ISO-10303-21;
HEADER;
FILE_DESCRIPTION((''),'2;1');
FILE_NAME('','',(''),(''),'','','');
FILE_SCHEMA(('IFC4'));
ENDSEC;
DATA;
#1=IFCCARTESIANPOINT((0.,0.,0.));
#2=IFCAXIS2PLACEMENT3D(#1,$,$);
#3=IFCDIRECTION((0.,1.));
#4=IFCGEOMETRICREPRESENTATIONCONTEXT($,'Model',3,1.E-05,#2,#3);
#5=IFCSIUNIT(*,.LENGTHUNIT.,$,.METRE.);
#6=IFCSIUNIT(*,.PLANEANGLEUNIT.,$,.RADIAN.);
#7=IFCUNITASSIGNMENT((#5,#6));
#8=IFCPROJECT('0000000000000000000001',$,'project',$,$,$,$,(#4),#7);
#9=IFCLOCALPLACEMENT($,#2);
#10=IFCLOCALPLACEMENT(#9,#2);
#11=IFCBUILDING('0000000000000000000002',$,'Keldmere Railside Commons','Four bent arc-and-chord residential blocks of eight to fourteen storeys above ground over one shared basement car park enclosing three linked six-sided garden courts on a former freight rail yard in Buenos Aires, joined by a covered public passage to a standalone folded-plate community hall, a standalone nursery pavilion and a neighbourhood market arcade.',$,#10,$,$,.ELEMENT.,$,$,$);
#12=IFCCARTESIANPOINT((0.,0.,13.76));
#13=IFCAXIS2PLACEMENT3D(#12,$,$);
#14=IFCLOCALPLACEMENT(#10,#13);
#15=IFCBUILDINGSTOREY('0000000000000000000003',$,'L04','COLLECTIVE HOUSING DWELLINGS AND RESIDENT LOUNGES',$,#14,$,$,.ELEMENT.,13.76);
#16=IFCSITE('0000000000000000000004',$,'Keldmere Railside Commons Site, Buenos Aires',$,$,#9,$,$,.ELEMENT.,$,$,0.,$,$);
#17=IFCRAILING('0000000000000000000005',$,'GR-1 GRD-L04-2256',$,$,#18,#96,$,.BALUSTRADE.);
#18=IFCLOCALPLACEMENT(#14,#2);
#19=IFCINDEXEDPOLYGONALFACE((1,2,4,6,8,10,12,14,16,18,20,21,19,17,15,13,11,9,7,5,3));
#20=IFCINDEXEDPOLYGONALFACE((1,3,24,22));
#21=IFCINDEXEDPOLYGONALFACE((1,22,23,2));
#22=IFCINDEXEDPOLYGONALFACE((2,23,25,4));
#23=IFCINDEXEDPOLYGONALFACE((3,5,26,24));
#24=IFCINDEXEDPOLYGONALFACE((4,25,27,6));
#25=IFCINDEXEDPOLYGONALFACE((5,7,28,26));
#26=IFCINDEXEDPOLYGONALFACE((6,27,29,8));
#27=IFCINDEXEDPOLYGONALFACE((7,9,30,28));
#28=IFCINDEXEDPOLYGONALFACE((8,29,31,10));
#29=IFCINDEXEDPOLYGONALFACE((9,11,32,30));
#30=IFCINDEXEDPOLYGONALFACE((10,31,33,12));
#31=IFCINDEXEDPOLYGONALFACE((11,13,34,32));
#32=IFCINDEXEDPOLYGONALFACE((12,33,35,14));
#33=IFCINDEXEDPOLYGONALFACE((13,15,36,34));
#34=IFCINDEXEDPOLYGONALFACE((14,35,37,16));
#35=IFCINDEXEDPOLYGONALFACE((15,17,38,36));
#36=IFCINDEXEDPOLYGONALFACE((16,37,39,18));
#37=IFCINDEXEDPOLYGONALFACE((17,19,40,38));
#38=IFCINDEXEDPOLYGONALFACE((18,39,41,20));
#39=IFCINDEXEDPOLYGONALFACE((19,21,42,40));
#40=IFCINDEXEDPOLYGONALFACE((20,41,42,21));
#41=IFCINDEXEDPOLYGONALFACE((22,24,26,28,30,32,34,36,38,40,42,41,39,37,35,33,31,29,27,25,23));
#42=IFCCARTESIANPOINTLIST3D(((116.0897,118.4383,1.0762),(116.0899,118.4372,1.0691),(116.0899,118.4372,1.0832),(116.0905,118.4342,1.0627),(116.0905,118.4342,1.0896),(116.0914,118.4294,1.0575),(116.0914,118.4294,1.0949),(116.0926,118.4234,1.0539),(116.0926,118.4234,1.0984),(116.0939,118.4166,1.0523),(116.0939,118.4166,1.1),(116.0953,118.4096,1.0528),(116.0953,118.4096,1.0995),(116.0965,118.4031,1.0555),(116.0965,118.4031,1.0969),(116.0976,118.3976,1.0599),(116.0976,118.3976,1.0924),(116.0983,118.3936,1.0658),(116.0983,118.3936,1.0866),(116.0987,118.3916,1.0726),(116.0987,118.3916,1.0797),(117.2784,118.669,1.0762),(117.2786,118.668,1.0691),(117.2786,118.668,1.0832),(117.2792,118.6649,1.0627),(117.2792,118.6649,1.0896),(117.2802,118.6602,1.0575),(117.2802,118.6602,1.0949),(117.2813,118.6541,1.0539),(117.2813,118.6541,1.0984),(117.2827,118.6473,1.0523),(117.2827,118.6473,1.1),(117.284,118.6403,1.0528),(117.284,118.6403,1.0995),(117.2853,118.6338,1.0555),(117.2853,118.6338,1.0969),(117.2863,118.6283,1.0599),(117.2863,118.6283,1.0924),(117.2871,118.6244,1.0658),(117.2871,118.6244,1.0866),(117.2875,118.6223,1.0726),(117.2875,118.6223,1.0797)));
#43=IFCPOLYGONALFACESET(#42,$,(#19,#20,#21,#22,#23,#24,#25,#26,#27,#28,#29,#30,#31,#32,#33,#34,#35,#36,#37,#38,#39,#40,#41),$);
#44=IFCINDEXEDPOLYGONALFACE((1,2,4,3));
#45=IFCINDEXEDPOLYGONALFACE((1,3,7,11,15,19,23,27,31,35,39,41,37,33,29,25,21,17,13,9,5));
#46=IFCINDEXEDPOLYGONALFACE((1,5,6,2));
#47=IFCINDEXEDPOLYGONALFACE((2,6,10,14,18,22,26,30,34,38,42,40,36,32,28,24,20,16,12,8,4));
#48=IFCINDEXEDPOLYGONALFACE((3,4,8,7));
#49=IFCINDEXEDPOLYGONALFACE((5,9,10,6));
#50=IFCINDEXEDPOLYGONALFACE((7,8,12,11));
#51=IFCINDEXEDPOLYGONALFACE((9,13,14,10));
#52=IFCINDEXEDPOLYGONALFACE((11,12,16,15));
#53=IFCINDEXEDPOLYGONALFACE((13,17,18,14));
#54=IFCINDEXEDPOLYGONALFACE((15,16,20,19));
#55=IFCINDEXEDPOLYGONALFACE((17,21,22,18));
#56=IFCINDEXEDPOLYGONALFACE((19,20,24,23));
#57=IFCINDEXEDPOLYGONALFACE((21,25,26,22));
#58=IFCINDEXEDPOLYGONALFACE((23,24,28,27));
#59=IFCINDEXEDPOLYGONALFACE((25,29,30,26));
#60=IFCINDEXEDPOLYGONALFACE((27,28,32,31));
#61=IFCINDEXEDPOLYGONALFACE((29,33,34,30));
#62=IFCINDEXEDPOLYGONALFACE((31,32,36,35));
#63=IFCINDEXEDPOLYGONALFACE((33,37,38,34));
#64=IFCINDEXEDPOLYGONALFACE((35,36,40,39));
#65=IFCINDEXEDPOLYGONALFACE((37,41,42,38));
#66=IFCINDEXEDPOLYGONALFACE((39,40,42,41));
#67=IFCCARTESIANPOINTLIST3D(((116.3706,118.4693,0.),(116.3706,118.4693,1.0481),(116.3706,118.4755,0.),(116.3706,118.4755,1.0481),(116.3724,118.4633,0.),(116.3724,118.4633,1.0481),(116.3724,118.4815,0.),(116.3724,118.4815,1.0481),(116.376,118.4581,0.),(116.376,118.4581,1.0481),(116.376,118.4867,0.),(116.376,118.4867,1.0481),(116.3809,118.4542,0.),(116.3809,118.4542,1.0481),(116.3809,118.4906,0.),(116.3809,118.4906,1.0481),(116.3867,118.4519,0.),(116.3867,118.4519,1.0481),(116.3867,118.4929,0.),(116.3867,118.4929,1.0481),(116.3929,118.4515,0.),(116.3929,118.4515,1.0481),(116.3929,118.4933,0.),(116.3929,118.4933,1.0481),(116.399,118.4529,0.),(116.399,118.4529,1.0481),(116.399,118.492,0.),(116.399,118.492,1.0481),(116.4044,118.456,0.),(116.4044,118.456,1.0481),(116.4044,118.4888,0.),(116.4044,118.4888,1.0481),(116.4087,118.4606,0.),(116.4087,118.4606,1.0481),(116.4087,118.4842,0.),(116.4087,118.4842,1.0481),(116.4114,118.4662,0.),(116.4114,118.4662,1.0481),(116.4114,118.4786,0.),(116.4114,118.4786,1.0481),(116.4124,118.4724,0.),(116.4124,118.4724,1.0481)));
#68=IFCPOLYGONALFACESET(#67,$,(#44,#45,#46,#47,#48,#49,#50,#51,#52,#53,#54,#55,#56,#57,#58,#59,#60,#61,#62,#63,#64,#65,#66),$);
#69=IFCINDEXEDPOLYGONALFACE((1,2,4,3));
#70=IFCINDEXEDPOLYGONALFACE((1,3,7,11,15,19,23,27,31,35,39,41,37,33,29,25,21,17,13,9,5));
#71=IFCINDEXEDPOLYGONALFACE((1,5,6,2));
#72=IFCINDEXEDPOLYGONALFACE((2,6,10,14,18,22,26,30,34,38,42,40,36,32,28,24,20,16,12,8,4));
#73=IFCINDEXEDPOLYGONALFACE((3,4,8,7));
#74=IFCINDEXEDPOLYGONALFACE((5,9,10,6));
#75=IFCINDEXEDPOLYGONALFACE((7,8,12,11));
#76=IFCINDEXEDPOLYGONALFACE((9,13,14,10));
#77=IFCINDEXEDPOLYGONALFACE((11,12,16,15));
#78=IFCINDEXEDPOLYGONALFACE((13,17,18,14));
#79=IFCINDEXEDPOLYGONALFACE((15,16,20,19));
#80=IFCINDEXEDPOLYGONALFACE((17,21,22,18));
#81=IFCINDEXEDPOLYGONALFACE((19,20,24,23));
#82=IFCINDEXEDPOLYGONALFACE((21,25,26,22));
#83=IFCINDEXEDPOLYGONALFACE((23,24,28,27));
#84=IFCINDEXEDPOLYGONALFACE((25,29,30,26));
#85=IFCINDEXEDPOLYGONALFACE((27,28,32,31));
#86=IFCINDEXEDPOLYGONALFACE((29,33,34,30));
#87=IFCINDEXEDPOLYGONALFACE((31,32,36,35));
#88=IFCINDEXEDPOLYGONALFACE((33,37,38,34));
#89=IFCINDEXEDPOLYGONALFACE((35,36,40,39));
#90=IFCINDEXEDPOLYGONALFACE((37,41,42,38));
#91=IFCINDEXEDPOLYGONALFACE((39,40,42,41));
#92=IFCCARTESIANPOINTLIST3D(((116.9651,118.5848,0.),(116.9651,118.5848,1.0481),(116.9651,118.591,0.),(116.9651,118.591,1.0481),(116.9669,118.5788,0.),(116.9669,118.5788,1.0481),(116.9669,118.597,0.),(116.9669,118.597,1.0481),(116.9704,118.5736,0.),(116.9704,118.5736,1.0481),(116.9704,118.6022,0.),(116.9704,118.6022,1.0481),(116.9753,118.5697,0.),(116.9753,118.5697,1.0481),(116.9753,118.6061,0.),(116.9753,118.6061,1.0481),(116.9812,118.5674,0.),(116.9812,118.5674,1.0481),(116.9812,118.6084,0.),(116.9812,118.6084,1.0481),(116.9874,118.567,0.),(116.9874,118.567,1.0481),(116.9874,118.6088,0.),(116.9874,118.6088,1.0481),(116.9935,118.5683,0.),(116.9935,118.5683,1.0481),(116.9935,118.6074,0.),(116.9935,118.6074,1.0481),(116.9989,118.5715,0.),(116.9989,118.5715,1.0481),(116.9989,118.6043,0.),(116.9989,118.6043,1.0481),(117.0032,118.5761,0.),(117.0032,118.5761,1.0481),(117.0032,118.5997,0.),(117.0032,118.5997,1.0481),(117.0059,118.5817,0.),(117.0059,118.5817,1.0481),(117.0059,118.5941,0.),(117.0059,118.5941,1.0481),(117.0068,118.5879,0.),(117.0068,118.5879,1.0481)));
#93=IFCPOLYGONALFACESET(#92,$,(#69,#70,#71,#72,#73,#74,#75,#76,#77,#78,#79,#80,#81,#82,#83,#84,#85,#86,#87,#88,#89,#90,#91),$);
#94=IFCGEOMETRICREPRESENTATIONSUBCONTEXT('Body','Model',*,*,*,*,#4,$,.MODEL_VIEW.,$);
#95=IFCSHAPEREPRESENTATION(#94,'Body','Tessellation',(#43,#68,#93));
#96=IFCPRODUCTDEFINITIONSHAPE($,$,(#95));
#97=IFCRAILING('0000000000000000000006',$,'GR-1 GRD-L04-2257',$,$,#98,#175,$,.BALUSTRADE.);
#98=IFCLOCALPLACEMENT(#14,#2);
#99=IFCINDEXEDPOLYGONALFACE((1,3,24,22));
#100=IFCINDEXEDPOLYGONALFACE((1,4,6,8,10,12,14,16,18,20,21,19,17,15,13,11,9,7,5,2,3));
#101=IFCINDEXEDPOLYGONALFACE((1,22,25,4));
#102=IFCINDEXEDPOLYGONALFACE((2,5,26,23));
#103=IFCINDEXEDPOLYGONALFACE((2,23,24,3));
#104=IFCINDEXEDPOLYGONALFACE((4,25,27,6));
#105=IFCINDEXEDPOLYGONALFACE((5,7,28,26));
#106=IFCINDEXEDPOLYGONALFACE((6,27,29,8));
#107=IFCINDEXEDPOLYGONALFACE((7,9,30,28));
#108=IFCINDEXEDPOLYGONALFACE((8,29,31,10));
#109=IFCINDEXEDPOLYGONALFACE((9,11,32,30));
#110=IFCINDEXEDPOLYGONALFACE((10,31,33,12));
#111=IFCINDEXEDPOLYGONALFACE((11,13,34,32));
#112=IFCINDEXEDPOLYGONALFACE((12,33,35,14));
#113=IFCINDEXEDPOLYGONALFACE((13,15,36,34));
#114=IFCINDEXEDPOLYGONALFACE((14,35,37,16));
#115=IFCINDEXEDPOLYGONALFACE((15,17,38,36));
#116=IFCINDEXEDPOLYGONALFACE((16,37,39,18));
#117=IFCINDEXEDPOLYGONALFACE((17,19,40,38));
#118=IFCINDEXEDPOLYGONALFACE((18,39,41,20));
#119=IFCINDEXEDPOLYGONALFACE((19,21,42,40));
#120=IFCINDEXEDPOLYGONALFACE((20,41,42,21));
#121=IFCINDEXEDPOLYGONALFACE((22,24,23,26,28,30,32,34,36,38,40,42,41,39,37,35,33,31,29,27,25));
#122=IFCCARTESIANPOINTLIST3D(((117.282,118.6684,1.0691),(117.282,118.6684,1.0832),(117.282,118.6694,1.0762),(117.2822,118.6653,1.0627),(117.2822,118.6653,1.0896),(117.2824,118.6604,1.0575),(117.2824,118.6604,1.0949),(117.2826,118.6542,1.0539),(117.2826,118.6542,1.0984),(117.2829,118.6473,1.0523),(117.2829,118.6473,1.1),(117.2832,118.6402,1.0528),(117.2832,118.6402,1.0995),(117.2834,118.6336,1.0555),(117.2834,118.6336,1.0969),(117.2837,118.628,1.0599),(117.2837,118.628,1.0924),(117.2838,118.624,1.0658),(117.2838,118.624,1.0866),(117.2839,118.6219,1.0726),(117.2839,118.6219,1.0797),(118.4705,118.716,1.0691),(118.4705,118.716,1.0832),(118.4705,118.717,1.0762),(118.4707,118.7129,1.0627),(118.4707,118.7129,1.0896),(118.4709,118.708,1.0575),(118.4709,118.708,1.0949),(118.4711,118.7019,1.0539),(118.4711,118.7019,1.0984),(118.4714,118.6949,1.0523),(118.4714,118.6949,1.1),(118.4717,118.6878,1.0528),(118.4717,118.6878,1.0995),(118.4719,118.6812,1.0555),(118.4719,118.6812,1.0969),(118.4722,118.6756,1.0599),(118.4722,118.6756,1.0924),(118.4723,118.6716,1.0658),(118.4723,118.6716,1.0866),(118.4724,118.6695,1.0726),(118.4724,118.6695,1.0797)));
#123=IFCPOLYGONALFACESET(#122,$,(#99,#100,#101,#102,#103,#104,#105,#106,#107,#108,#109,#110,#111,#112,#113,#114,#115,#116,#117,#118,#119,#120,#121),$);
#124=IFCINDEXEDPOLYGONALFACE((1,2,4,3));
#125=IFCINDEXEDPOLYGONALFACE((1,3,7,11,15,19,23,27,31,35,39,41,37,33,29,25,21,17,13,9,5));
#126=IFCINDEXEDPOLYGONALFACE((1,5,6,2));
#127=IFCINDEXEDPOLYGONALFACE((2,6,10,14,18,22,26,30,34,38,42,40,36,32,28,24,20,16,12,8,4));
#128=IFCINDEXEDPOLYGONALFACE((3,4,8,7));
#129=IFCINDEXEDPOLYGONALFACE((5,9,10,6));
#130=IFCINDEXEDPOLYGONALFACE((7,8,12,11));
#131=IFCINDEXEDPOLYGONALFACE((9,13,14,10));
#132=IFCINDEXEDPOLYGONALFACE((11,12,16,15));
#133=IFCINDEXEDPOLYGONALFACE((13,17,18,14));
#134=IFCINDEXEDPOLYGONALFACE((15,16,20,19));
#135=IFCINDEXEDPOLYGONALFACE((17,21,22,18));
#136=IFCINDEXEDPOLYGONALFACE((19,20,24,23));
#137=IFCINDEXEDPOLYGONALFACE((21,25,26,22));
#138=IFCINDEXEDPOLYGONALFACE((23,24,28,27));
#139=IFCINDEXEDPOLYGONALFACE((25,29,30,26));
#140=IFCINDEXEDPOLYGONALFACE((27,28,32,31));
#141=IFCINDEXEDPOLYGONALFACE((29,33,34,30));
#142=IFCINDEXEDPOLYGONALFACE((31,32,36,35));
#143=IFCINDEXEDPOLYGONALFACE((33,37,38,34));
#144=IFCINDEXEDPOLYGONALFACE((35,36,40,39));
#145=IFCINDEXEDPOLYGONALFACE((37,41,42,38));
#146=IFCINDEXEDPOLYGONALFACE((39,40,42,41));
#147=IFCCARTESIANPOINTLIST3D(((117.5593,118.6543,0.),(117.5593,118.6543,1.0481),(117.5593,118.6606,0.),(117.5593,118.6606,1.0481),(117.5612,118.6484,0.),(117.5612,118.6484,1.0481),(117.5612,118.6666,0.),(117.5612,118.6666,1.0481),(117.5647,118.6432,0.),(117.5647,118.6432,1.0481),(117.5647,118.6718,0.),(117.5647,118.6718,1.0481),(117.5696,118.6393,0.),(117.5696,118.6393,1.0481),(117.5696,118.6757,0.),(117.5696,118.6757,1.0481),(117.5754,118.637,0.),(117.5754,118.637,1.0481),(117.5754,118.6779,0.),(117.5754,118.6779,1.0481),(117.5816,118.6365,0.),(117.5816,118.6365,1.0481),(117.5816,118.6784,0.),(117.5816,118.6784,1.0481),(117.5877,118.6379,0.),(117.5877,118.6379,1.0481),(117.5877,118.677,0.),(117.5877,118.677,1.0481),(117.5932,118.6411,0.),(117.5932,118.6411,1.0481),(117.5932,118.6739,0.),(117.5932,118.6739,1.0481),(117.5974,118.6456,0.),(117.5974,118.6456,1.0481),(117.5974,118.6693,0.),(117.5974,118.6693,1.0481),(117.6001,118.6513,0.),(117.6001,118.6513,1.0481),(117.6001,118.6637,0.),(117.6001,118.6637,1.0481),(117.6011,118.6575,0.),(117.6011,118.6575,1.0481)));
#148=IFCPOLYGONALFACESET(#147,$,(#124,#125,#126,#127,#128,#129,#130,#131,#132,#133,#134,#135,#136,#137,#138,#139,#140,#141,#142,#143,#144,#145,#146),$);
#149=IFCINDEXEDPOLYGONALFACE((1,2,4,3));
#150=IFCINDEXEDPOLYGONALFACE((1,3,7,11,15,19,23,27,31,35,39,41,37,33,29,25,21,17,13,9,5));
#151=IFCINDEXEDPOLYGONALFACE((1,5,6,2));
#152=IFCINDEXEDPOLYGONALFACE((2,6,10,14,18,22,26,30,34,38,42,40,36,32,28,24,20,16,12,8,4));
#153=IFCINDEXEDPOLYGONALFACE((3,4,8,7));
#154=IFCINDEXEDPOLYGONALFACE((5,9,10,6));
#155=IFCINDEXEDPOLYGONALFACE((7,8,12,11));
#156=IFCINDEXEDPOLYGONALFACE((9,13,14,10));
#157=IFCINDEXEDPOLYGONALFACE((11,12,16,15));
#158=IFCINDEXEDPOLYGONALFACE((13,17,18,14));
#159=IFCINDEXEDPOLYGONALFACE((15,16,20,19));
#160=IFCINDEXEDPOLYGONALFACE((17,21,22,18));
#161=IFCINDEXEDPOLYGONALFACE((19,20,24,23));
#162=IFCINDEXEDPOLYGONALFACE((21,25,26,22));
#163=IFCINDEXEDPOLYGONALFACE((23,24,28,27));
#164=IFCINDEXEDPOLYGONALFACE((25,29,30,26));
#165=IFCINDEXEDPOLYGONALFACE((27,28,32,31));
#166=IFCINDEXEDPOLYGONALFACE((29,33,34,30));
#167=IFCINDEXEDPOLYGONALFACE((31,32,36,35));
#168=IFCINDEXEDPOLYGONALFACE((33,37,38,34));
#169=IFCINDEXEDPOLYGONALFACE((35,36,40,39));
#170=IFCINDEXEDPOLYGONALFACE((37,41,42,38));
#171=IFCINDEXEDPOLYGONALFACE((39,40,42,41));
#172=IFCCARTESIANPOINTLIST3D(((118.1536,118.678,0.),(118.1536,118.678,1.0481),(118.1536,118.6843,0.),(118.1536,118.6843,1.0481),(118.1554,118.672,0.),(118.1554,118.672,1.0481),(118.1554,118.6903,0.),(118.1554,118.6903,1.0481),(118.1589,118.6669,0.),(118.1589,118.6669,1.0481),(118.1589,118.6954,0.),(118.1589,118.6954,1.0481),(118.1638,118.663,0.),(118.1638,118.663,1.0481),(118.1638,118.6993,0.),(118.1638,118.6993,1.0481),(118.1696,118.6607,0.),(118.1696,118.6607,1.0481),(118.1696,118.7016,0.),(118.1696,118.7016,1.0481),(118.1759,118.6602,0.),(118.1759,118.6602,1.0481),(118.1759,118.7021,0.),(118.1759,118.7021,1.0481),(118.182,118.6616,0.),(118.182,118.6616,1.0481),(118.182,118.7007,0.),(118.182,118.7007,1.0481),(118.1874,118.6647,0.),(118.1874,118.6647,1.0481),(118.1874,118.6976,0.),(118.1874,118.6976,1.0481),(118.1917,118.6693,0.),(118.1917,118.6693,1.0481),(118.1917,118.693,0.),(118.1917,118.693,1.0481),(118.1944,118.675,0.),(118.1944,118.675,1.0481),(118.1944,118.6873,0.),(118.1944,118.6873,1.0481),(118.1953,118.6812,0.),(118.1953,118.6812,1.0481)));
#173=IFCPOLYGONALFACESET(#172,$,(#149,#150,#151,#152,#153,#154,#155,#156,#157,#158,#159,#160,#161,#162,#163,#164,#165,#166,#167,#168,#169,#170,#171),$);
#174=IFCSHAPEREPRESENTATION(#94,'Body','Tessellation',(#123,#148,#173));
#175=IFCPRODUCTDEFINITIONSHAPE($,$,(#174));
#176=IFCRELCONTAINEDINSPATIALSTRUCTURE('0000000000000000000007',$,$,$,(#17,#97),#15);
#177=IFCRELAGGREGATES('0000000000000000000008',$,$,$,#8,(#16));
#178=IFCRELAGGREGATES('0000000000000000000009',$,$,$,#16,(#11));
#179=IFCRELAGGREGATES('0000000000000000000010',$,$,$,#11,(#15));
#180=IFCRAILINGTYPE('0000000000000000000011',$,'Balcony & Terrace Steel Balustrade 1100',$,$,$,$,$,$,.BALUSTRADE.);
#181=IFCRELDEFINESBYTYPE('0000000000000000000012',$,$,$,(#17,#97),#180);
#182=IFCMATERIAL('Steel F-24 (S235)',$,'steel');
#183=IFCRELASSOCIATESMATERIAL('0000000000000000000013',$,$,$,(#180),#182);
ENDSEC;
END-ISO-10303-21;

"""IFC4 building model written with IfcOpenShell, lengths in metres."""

from ifc_helpers import new_model, si_unit, direction, frame, origin, origin_2d, place, context, subcontext, project, spatial, circle, extrude, material, type_object, element, save


model = new_model("IFC4")

# Units and contexts
model_context = context("Model", 3, precision=1e-05, world=origin(), true_north=direction((0.0, 1.0)))
body_context = subcontext(model_context, "Body", "Model", "MODEL_VIEW")
ifc_project = project(units=[si_unit("LENGTHUNIT", "METRE"), si_unit("PLANEANGLEUNIT", "RADIAN")], contexts=[model_context])

# Site, building, storey
site_placement = place(None, origin())
site = spatial("IfcSite", under=ifc_project, at=site_placement, Name="Keldmere Railside Commons Site, Buenos Aires", CompositionType="ELEMENT", RefElevation=0.0)
building_placement = place(site_placement, origin())
building = spatial("IfcBuilding", under=site, at=building_placement, Name="Keldmere Railside Commons", Description="Four bent arc-and-chord residential blocks of eight to fourteen storeys above ground over one shared basement car park enclosing three linked six-sided garden courts on a former freight rail yard in Buenos Aires, joined by a covered public passage to a standalone folded-plate community hall, a standalone nursery pavilion and a neighbourhood market arcade.", CompositionType="ELEMENT")
storey_placement = place(building_placement, frame((0.0, 0.0, 13.76)))
storey = spatial("IfcBuildingStorey", under=building, at=storey_placement, Name="L04", Description="COLLECTIVE HOUSING DWELLINGS AND RESIDENT LOUNGES", CompositionType="ELEMENT", Elevation=13.76)

# Railings
ifc_material_1 = material(Name="Steel F-24 (S235)", Category="steel")
railing_type = type_object("IfcRailingType", Name="Balcony & Terrace Steel Balustrade 1100", PredefinedType="BALUSTRADE", material=ifc_material_1)
railing_1_placement = place(storey_placement, frame((116.0942, 118.4148, 0.0)))
element("IfcRailing", 1, at=railing_1_placement, inside=storey, type_object=railing_type, Name="GR-1 GRD-L04-2256", PredefinedType="BALUSTRADE", context=body_context, shape_type="SweptSolid", body=[
    extrude(circle(Radius=0.0239, at=origin_2d()), frame((0.0, 0.0, 1.0762), z_axis=(0.981681, 0.19053, 0.0), x_axis=(-0.19053, 0.981681, 0.0)), (0.0, 0.0, 1.0), 1.2109),
    extrude(circle(Radius=0.021, at=origin_2d()), frame((0.2971, 0.0576, 0.0)), (0.0, 0.0, 1.0), 1.0481),
    extrude(circle(Radius=0.021, at=origin_2d()), frame((0.8916, 0.1731, 0.0)), (0.0, 0.0, 1.0), 1.0481),
])
railing_2_placement = place(storey_placement, frame((117.283, 118.6455, 0.0)))
element("IfcRailing", 2, at=railing_2_placement, inside=storey, type_object=railing_type, Name="GR-1 GRD-L04-2257", PredefinedType="BALUSTRADE", context=body_context, shape_type="SweptSolid", body=[
    extrude(circle(Radius=0.0239, at=origin_2d()), frame((0.0, 0.0, 1.0762), z_axis=(0.999199, 0.040025, 0.0), x_axis=(-0.040025, 0.999199, 0.0)), (0.0, 0.0, 1.0), 1.1895),
    extrude(circle(Radius=0.021, at=origin_2d()), frame((0.2971, 0.012, 0.0)), (0.0, 0.0, 1.0), 1.0481),
    extrude(circle(Radius=0.021, at=origin_2d()), frame((0.8914, 0.0356, 0.0)), (0.0, 0.0, 1.0), 1.0481),
])

save(model, "model.ifc")
